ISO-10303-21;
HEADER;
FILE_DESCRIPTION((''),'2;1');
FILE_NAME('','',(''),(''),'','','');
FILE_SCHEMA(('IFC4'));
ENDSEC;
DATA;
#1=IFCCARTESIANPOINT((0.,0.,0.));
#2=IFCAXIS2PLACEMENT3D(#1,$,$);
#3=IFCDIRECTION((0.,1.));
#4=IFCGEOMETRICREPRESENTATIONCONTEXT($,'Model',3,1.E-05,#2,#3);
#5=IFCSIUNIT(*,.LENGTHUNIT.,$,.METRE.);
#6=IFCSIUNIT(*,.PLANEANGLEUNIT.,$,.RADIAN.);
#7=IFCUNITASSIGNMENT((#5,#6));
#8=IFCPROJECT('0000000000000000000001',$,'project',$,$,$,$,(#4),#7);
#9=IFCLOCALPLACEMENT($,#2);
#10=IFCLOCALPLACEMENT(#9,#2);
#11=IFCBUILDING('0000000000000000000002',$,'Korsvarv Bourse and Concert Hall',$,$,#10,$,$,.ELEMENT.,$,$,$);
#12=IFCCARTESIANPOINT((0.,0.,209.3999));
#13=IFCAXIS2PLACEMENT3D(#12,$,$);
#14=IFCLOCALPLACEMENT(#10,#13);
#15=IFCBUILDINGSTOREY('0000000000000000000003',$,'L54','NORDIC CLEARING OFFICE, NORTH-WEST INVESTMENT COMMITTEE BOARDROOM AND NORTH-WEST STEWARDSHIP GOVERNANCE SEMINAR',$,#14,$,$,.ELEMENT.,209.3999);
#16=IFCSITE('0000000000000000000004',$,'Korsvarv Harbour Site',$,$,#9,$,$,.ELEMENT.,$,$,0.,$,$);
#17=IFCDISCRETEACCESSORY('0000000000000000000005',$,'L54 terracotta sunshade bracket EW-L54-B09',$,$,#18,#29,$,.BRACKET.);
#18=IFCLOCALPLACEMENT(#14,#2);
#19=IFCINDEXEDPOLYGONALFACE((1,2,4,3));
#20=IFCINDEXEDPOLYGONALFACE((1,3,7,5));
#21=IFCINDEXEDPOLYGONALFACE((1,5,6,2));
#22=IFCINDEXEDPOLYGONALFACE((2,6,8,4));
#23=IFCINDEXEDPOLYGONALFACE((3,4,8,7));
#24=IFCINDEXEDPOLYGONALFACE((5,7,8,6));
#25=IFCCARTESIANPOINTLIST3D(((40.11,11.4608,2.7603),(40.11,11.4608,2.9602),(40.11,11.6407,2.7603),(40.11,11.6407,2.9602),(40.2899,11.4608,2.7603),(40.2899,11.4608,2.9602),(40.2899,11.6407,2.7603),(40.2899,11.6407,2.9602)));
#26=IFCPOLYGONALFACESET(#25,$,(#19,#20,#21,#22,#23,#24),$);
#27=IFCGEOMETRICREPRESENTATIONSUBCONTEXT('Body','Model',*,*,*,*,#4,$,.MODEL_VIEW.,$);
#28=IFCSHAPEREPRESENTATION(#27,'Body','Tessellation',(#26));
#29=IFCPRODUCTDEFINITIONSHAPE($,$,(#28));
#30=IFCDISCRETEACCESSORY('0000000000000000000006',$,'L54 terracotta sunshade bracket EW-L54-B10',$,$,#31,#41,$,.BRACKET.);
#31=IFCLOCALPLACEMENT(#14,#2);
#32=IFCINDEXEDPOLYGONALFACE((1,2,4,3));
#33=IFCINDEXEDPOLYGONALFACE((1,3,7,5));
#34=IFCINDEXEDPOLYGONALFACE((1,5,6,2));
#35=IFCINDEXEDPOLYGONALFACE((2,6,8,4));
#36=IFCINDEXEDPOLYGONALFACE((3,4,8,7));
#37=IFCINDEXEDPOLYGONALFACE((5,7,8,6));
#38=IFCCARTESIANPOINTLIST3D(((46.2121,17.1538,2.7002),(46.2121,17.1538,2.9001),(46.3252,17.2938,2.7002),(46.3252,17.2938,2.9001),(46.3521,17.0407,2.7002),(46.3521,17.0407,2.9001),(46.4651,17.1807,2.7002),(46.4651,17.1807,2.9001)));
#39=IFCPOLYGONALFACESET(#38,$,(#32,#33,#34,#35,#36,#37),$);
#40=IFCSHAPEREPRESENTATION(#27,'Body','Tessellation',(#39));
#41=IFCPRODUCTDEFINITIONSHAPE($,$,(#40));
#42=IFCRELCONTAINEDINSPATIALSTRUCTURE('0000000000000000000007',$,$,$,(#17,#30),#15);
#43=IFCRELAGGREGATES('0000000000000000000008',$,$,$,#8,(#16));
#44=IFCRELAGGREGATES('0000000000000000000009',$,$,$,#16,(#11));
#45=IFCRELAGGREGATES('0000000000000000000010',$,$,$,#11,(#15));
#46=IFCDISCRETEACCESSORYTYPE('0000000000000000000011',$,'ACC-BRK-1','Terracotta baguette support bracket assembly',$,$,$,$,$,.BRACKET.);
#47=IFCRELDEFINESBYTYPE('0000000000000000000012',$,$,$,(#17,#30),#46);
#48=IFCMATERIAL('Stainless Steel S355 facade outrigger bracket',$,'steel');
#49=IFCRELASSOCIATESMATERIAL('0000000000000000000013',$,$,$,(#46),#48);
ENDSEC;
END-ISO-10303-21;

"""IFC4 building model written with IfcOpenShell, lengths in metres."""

from ifc_helpers import new_model, si_unit, direction, frame, origin, origin_2d, place, context, subcontext, project, spatial, rectangle, extrude, source, transform, mapped, material, type_object, element, save


model = new_model("IFC4")

# Units and contexts
model_context = context("Model", 3, precision=1e-05, world=origin(), true_north=direction((0.0, 1.0)))
body_context = subcontext(model_context, "Body", "Model", "MODEL_VIEW")
ifc_project = project(units=[si_unit("LENGTHUNIT", "METRE"), si_unit("PLANEANGLEUNIT", "RADIAN")], contexts=[model_context])

# Site, building, storey
site_placement = place(None, origin())
site = spatial("IfcSite", under=ifc_project, at=site_placement, Name="Korsvarv Harbour Site", CompositionType="ELEMENT", RefElevation=0.0)
building_placement = place(site_placement, origin())
building = spatial("IfcBuilding", under=site, at=building_placement, Name="Korsvarv Bourse and Concert Hall", CompositionType="ELEMENT")
storey_placement = place(building_placement, frame((0.0, 0.0, 209.3999)))
storey = spatial("IfcBuildingStorey", under=building, at=storey_placement, Name="L54", Description="NORDIC CLEARING OFFICE, NORTH-WEST INVESTMENT COMMITTEE BOARDROOM AND NORTH-WEST STEWARDSHIP GOVERNANCE SEMINAR", CompositionType="ELEMENT", Elevation=209.3999)

# Discrete accessories
ifc_material_1 = material(Name="Stainless Steel S355 facade outrigger bracket", Category="steel")
discrete_accessory_type = type_object("IfcDiscreteAccessoryType", Name="ACC-BRK-1", Description="Terracotta baguette support bracket assembly", PredefinedType="BRACKET", material=ifc_material_1)
shared_shape_1 = source(origin(), body_context, "Body", "SweptSolid", [
    extrude(rectangle(XDim=0.1799, YDim=0.1799, at=origin_2d()), origin(), (0.0, 0.0, 1.0), 0.2),
])
for number, where, z_axis, x_axis, name in (
    (1, (40.2, 11.5508, 2.7603), (0.0, 0.0, 1.0), (1.0, 0.0, 0.0), "L54 terracotta sunshade bracket EW-L54-B09"),
    (2, (46.3386, 17.1672, 2.7002), (0.0, 0.0, 1.0), (0.628506, 0.777805, 0.0), "L54 terracotta sunshade bracket EW-L54-B10"),
):
    element("IfcDiscreteAccessory", number, at=place(storey_placement, frame(where, z_axis=z_axis, x_axis=x_axis)), inside=storey, type_object=discrete_accessory_type, Name=name, PredefinedType="BRACKET", context=body_context, shape_type="MappedRepresentation", body=[
        mapped(shared_shape_1, transform((0.0, 0.0, 0.0), scale=1.0)),
    ])

save(model, "model.ifc")
